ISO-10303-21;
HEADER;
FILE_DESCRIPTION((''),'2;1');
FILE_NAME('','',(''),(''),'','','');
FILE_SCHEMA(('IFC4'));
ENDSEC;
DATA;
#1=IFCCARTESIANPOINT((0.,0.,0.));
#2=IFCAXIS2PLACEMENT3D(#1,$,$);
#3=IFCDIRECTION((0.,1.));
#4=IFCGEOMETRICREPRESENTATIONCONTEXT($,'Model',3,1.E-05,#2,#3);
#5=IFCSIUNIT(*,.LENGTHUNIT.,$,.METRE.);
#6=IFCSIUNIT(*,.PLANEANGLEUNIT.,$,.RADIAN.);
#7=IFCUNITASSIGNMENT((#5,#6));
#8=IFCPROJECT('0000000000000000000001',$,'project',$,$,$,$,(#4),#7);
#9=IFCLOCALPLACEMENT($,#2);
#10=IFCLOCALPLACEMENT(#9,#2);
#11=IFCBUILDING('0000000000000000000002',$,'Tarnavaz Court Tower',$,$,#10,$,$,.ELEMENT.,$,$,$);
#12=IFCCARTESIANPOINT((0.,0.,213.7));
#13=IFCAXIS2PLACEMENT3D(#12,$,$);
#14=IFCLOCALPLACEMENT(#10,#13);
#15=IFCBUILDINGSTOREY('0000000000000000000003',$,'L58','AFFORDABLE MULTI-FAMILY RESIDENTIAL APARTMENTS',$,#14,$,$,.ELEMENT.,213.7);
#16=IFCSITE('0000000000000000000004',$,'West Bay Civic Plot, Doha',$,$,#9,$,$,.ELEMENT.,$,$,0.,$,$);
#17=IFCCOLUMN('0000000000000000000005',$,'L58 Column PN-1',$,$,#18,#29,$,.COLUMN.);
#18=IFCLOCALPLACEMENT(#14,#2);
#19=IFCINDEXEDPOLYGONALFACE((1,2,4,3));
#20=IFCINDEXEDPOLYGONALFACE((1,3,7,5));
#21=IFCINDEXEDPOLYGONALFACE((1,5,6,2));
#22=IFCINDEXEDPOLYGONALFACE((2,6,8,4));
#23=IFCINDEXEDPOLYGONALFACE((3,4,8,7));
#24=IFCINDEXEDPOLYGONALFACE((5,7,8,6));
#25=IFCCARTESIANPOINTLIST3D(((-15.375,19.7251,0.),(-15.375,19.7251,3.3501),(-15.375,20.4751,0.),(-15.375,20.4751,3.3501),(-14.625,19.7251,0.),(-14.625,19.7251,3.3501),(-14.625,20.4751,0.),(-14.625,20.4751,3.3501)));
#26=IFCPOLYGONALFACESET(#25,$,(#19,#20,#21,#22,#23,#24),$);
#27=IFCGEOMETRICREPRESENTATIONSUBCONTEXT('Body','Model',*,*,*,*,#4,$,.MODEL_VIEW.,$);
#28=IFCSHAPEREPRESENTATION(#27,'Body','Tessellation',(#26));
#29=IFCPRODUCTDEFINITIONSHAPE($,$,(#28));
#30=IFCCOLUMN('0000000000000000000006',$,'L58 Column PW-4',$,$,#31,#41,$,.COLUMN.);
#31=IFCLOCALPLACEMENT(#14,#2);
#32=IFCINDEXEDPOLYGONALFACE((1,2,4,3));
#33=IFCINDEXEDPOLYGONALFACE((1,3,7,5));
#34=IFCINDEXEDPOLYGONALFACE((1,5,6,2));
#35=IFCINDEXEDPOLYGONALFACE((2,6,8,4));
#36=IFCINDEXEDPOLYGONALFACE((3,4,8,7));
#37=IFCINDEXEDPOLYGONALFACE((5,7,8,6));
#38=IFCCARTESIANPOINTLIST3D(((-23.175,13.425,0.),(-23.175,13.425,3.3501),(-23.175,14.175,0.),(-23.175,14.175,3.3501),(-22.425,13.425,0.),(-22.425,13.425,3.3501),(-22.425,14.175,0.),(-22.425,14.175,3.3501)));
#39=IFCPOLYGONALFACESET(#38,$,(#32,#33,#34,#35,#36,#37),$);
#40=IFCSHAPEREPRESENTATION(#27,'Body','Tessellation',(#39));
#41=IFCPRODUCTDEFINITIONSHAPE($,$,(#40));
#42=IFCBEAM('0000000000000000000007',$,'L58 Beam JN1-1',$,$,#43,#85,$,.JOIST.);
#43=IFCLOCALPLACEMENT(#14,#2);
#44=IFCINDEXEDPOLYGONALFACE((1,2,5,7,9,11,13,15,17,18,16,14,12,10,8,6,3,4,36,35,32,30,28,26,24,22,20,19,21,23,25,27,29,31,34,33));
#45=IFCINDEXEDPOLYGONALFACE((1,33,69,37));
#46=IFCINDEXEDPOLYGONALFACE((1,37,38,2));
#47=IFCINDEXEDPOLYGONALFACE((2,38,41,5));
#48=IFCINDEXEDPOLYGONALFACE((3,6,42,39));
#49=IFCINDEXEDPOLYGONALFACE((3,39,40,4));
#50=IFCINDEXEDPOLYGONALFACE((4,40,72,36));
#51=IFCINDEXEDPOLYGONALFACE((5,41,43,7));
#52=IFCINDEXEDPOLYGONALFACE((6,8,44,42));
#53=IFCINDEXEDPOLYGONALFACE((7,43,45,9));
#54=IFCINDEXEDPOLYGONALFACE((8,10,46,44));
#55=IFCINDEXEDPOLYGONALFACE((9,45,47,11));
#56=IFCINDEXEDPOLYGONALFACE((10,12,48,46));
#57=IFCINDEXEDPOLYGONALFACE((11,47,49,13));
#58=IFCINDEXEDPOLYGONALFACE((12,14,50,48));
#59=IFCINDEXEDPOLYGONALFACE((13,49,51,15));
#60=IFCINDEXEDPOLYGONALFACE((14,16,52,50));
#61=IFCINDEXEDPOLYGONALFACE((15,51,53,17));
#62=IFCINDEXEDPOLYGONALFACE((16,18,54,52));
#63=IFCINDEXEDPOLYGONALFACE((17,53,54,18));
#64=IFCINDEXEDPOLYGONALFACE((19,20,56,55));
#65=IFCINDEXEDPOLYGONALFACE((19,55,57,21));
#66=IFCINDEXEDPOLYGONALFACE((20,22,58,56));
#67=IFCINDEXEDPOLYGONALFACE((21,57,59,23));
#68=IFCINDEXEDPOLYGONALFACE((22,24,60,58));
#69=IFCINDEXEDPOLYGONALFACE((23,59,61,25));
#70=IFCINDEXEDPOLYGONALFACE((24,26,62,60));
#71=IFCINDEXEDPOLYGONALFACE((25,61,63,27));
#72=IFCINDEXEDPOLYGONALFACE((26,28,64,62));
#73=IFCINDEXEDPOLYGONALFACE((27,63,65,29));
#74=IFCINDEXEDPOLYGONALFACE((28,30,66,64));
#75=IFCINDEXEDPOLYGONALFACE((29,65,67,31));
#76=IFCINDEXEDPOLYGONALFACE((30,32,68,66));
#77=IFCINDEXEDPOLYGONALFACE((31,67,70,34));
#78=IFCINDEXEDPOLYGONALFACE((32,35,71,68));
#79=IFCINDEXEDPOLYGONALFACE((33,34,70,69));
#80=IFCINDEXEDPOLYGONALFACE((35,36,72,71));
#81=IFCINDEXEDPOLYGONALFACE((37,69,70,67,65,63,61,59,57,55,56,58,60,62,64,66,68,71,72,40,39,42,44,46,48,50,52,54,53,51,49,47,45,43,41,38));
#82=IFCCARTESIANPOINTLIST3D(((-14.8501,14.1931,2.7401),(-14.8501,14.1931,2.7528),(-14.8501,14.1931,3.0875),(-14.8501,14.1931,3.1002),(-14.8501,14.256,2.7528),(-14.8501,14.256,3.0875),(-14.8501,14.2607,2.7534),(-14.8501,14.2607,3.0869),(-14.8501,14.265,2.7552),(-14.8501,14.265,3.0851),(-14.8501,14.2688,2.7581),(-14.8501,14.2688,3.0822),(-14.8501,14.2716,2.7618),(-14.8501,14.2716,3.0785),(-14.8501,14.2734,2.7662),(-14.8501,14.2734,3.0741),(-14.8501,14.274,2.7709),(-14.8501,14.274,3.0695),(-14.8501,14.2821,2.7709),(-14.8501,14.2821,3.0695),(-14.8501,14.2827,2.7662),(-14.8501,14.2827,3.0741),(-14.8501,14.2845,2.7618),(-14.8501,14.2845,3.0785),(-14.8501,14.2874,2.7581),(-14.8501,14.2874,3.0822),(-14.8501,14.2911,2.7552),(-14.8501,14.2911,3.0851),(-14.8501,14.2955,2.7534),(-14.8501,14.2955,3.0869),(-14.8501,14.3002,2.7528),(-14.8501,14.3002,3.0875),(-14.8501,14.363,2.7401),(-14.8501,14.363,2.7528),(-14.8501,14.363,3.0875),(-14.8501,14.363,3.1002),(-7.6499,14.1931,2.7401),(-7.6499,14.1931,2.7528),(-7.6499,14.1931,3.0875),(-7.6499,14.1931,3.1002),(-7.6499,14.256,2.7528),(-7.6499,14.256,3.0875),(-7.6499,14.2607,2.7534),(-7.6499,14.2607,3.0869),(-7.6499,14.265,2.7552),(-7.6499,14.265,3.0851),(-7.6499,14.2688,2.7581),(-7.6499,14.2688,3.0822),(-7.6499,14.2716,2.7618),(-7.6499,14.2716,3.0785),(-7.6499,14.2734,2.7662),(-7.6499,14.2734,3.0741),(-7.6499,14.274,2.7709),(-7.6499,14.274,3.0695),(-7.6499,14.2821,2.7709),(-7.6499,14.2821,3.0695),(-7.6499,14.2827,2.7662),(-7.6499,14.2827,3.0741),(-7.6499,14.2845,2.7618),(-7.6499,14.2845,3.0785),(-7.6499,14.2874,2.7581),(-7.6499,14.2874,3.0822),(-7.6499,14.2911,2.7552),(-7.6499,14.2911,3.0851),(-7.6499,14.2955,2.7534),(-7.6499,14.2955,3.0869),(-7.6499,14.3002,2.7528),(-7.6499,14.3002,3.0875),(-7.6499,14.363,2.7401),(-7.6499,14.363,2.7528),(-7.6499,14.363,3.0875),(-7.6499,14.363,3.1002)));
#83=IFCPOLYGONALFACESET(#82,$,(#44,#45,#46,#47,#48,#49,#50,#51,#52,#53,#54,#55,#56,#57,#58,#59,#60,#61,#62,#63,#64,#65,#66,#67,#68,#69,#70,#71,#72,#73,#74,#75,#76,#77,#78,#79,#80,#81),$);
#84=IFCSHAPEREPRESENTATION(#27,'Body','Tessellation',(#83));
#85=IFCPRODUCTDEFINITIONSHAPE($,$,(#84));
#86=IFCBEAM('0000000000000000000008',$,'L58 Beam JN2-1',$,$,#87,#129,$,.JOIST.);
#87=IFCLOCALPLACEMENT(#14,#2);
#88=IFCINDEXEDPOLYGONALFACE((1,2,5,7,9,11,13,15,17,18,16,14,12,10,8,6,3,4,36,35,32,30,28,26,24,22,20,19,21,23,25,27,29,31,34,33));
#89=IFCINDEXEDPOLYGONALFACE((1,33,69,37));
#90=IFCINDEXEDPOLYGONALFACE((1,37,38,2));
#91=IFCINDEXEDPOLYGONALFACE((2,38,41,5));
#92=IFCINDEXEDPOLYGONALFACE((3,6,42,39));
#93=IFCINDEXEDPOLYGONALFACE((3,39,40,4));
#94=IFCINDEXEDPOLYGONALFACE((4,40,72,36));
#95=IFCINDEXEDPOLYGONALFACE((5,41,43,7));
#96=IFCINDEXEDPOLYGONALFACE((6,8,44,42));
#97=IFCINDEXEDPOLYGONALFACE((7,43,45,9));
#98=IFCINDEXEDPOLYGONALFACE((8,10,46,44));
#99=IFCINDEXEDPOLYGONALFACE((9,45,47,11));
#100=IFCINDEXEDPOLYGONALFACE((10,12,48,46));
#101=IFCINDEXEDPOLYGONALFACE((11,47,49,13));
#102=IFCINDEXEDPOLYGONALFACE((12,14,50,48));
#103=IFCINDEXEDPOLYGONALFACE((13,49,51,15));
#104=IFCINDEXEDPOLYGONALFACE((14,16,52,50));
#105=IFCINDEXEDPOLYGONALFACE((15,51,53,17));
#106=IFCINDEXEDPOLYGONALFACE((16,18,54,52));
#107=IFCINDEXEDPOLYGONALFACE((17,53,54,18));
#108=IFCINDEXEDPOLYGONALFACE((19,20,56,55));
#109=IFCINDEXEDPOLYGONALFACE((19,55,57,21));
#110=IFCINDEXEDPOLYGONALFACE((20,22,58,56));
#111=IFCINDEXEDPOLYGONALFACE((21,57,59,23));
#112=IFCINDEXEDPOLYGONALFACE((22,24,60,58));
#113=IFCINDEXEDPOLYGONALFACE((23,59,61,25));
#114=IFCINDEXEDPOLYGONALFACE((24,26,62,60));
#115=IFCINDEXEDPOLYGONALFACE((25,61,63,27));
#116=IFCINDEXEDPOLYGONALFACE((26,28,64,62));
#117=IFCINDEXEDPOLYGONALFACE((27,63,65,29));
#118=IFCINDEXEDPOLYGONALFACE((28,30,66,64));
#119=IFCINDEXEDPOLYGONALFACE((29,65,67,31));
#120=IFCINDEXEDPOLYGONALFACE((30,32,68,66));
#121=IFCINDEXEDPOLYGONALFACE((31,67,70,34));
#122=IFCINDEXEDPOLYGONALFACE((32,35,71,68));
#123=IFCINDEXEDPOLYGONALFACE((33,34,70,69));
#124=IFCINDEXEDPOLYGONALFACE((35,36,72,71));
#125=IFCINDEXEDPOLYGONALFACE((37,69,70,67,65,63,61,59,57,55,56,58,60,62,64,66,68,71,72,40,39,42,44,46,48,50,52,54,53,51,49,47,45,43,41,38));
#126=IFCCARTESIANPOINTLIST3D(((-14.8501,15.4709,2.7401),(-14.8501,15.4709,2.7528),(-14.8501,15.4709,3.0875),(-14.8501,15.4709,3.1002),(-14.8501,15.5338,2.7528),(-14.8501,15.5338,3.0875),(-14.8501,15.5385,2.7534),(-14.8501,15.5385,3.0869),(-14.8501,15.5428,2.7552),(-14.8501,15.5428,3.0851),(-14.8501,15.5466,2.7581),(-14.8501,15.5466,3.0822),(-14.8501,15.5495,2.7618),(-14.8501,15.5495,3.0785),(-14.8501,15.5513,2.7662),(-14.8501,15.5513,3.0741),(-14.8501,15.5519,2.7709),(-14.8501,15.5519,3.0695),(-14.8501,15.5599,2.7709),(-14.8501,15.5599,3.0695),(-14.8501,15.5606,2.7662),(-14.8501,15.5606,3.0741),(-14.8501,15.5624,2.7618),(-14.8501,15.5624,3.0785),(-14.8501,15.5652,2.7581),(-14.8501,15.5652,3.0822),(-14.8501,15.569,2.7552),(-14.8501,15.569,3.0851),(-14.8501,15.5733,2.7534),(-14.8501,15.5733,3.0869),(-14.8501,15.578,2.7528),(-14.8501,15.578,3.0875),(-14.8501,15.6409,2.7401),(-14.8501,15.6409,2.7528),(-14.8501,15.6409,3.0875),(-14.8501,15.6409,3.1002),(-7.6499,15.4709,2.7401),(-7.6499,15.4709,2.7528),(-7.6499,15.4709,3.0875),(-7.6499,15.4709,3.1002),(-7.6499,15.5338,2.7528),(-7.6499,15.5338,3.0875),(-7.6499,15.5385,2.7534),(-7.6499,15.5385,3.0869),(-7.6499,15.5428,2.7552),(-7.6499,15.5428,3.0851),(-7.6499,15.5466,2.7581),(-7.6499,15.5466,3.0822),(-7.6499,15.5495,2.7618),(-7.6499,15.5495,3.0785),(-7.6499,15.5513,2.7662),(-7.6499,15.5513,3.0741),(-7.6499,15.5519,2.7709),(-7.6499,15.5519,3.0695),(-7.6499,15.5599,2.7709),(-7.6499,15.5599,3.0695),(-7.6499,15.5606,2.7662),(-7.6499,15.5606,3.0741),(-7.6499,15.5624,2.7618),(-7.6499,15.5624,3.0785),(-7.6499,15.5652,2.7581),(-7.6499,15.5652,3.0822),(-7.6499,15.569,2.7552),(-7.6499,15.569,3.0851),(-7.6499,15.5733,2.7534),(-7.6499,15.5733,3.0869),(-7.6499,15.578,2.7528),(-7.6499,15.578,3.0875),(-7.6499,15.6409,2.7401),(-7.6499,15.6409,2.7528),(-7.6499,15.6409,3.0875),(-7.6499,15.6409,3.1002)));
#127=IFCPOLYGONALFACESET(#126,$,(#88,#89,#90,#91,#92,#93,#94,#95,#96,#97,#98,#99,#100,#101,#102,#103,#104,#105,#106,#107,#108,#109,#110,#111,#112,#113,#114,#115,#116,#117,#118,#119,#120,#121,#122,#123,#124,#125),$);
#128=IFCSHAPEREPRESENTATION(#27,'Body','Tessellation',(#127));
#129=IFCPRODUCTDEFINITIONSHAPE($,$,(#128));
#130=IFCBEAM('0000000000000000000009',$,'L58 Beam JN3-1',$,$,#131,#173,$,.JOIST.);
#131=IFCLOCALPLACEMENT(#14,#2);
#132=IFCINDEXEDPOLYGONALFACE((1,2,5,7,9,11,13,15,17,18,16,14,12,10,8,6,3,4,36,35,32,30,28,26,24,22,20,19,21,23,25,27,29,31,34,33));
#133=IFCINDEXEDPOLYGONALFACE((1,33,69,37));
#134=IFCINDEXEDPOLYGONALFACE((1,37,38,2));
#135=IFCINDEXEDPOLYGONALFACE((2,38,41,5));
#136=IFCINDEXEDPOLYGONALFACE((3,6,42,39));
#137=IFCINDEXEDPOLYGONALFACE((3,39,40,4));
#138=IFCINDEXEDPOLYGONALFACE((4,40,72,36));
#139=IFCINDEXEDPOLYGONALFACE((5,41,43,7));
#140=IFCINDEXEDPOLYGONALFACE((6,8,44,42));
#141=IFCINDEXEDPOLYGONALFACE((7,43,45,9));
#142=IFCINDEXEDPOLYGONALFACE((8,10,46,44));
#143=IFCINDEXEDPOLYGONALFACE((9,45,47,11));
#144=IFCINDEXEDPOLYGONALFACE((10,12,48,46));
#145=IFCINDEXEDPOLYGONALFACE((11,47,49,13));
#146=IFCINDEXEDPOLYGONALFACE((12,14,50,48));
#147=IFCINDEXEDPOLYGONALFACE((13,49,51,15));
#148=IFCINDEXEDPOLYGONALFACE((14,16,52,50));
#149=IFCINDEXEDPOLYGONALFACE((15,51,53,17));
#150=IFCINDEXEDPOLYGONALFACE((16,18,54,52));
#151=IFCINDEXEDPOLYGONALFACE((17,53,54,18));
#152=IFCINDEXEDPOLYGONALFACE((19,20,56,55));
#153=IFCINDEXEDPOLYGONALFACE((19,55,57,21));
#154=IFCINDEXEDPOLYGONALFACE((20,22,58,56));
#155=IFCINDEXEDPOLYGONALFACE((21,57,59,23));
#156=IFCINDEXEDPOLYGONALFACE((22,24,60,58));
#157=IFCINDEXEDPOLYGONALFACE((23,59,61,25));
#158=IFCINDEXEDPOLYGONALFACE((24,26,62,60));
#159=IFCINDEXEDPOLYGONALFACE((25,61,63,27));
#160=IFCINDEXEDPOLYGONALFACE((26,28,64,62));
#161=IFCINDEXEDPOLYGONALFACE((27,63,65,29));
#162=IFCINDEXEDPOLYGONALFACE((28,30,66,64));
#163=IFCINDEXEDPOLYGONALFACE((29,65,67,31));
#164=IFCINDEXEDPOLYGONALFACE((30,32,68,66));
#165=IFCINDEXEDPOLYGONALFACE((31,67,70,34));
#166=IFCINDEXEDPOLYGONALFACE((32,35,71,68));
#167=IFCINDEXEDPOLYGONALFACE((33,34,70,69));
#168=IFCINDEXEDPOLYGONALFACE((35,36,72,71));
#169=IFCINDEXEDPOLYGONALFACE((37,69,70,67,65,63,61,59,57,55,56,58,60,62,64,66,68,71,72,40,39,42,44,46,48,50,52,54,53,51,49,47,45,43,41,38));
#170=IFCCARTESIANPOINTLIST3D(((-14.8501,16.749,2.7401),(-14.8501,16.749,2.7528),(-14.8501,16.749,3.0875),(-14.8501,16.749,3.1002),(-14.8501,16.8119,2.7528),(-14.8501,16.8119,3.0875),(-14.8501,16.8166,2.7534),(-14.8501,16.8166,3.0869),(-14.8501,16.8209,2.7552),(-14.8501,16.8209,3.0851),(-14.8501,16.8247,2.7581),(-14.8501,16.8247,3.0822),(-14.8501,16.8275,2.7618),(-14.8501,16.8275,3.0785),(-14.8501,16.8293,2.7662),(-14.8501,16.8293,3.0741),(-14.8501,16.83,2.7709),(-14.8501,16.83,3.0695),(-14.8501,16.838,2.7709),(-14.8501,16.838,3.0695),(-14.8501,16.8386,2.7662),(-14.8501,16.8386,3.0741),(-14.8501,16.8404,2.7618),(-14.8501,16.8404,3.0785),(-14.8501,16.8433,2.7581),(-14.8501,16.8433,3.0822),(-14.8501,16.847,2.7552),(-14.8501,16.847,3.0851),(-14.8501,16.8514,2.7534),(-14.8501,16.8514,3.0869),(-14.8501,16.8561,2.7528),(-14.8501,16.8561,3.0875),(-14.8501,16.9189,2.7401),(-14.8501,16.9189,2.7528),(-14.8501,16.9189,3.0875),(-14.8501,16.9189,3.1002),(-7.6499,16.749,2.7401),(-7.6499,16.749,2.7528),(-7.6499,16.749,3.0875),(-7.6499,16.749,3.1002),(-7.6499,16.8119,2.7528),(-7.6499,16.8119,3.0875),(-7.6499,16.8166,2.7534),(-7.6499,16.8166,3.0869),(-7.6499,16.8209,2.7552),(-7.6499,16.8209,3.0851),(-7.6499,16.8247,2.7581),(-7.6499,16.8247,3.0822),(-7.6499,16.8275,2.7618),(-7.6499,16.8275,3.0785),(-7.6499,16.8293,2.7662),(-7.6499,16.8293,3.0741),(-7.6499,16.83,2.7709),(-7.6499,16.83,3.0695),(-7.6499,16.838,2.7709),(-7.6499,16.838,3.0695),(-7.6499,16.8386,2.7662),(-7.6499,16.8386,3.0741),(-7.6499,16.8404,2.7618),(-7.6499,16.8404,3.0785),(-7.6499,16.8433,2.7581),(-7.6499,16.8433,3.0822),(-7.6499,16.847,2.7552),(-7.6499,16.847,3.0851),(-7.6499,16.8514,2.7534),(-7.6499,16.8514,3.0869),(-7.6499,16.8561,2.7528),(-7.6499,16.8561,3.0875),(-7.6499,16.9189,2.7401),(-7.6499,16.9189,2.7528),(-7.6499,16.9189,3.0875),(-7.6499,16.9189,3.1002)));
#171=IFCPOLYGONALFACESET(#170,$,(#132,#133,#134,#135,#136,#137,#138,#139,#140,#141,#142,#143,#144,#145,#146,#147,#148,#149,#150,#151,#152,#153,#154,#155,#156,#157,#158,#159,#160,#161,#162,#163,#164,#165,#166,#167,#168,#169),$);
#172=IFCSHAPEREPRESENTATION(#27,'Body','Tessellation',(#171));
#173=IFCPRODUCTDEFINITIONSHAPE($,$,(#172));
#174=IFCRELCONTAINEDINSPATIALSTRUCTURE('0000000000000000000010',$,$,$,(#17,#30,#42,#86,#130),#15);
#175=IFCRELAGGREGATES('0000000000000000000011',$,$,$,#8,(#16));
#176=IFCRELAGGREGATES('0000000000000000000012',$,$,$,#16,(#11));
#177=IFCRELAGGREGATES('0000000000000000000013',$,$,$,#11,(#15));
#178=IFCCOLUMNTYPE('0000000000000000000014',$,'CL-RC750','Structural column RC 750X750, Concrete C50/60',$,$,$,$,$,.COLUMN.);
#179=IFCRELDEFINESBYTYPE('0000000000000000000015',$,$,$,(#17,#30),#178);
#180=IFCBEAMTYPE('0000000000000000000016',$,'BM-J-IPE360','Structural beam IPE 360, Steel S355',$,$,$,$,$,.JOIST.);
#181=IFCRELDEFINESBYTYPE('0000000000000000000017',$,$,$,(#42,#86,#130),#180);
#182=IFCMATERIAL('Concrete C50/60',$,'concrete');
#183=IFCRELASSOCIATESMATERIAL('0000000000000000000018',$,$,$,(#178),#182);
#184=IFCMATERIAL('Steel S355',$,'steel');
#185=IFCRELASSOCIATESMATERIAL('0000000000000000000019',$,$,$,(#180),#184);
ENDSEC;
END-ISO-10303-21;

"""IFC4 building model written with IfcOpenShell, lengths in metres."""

from ifc_helpers import new_model, si_unit, direction, frame, origin, origin_2d, place, context, subcontext, project, spatial, rectangle, i_section, extrude, material, material_profile, profile_set, type_object, element, save


model = new_model("IFC4")

# Units and contexts
model_context = context("Model", 3, precision=1e-05, world=origin(), true_north=direction((0.0, 1.0)))
body_context = subcontext(model_context, "Body", "Model", "MODEL_VIEW")
ifc_project = project(units=[si_unit("LENGTHUNIT", "METRE"), si_unit("PLANEANGLEUNIT", "RADIAN")], contexts=[model_context])

# Site, building, storey
site_placement = place(None, origin())
site = spatial("IfcSite", under=ifc_project, at=site_placement, Name="West Bay Civic Plot, Doha", CompositionType="ELEMENT", RefElevation=0.0)
building_placement = place(site_placement, origin())
building = spatial("IfcBuilding", under=site, at=building_placement, Name="Tarnavaz Court Tower", CompositionType="ELEMENT")
storey_placement = place(building_placement, frame((0.0, 0.0, 213.7)))
storey = spatial("IfcBuildingStorey", under=building, at=storey_placement, Name="L58", Description="AFFORDABLE MULTI-FAMILY RESIDENTIAL APARTMENTS", CompositionType="ELEMENT", Elevation=213.7)

# Columns
ifc_material_1 = material(Name="Concrete C50/60", Category="concrete")
ifc_material_profile_1 = material_profile(ifc_material_1, rectangle(XDim=0.75, YDim=0.75, at=origin_2d()), Name="RC 750X750")
ifc_profile_set_1 = profile_set([ifc_material_profile_1], Name="Concrete C50/60")
column_type = type_object("IfcColumnType", Name="CL-RC750", Description="Structural column RC 750X750, Concrete C50/60", PredefinedType="COLUMN", material=ifc_profile_set_1)
for number, where, z_axis, x_axis, name in (
    (1, (-15.0, 20.1001, 0.0), (0.0, 0.0, 1.0), (1.0, 0.0, 0.0), "L58 Column PN-1"),
    (2, (-22.8, 13.8, 0.0), (0.0, 0.0, 1.0), (1.0, 0.0, 0.0), "L58 Column PW-4"),
):
    element("IfcColumn", number, at=place(storey_placement, frame(where, z_axis=z_axis, x_axis=x_axis)), inside=storey, type_object=column_type, Name=name, PredefinedType="COLUMN", context=body_context, shape_type="SweptSolid", body=[
        extrude(rectangle(XDim=0.75, YDim=0.75, at=origin_2d()), origin(), (0.0, 0.0, 1.0), 3.3501),
    ])

# Beams
ifc_material_2 = material(Name="Steel S355", Category="steel")
ifc_material_profile_2 = material_profile(ifc_material_2, i_section(OverallWidth=0.1699, OverallDepth=0.3601, WebThickness=0.0081, FlangeThickness=0.0127, FilletRadius=0.0181, at=origin_2d()), Name="IPE 360")
ifc_profile_set_2 = profile_set([ifc_material_profile_2], Name="Steel S355")
beam_type_1 = type_object("IfcBeamType", Name="BM-J-IPE360", Description="Structural beam IPE 360, Steel S355", PredefinedType="JOIST", material=ifc_profile_set_2)
for number, where, z_axis, x_axis, name in (
    (3, (-14.8501, 14.2781, 2.9202), (1.0, 0.0, 0.0), (0.0, 1.0, 0.0), "L58 Beam JN1-1"),
    (4, (-14.8501, 15.5559, 2.9202), (1.0, 0.0, 0.0), (0.0, 1.0, 0.0), "L58 Beam JN2-1"),
    (5, (-14.8501, 16.834, 2.9202), (1.0, 0.0, 0.0), (0.0, 1.0, 0.0), "L58 Beam JN3-1"),
):
    element("IfcBeam", number, at=place(storey_placement, frame(where, z_axis=z_axis, x_axis=x_axis)), inside=storey, type_object=beam_type_1, Name=name, PredefinedType="JOIST", context=body_context, shape_type="SweptSolid", body=[
        extrude(i_section(OverallWidth=0.1699, OverallDepth=0.3601, WebThickness=0.0081, FlangeThickness=0.0127, FilletRadius=0.0181, at=origin_2d()), origin(), (0.0, 0.0, 1.0), 7.2002),
    ])

save(model, "model.ifc")
